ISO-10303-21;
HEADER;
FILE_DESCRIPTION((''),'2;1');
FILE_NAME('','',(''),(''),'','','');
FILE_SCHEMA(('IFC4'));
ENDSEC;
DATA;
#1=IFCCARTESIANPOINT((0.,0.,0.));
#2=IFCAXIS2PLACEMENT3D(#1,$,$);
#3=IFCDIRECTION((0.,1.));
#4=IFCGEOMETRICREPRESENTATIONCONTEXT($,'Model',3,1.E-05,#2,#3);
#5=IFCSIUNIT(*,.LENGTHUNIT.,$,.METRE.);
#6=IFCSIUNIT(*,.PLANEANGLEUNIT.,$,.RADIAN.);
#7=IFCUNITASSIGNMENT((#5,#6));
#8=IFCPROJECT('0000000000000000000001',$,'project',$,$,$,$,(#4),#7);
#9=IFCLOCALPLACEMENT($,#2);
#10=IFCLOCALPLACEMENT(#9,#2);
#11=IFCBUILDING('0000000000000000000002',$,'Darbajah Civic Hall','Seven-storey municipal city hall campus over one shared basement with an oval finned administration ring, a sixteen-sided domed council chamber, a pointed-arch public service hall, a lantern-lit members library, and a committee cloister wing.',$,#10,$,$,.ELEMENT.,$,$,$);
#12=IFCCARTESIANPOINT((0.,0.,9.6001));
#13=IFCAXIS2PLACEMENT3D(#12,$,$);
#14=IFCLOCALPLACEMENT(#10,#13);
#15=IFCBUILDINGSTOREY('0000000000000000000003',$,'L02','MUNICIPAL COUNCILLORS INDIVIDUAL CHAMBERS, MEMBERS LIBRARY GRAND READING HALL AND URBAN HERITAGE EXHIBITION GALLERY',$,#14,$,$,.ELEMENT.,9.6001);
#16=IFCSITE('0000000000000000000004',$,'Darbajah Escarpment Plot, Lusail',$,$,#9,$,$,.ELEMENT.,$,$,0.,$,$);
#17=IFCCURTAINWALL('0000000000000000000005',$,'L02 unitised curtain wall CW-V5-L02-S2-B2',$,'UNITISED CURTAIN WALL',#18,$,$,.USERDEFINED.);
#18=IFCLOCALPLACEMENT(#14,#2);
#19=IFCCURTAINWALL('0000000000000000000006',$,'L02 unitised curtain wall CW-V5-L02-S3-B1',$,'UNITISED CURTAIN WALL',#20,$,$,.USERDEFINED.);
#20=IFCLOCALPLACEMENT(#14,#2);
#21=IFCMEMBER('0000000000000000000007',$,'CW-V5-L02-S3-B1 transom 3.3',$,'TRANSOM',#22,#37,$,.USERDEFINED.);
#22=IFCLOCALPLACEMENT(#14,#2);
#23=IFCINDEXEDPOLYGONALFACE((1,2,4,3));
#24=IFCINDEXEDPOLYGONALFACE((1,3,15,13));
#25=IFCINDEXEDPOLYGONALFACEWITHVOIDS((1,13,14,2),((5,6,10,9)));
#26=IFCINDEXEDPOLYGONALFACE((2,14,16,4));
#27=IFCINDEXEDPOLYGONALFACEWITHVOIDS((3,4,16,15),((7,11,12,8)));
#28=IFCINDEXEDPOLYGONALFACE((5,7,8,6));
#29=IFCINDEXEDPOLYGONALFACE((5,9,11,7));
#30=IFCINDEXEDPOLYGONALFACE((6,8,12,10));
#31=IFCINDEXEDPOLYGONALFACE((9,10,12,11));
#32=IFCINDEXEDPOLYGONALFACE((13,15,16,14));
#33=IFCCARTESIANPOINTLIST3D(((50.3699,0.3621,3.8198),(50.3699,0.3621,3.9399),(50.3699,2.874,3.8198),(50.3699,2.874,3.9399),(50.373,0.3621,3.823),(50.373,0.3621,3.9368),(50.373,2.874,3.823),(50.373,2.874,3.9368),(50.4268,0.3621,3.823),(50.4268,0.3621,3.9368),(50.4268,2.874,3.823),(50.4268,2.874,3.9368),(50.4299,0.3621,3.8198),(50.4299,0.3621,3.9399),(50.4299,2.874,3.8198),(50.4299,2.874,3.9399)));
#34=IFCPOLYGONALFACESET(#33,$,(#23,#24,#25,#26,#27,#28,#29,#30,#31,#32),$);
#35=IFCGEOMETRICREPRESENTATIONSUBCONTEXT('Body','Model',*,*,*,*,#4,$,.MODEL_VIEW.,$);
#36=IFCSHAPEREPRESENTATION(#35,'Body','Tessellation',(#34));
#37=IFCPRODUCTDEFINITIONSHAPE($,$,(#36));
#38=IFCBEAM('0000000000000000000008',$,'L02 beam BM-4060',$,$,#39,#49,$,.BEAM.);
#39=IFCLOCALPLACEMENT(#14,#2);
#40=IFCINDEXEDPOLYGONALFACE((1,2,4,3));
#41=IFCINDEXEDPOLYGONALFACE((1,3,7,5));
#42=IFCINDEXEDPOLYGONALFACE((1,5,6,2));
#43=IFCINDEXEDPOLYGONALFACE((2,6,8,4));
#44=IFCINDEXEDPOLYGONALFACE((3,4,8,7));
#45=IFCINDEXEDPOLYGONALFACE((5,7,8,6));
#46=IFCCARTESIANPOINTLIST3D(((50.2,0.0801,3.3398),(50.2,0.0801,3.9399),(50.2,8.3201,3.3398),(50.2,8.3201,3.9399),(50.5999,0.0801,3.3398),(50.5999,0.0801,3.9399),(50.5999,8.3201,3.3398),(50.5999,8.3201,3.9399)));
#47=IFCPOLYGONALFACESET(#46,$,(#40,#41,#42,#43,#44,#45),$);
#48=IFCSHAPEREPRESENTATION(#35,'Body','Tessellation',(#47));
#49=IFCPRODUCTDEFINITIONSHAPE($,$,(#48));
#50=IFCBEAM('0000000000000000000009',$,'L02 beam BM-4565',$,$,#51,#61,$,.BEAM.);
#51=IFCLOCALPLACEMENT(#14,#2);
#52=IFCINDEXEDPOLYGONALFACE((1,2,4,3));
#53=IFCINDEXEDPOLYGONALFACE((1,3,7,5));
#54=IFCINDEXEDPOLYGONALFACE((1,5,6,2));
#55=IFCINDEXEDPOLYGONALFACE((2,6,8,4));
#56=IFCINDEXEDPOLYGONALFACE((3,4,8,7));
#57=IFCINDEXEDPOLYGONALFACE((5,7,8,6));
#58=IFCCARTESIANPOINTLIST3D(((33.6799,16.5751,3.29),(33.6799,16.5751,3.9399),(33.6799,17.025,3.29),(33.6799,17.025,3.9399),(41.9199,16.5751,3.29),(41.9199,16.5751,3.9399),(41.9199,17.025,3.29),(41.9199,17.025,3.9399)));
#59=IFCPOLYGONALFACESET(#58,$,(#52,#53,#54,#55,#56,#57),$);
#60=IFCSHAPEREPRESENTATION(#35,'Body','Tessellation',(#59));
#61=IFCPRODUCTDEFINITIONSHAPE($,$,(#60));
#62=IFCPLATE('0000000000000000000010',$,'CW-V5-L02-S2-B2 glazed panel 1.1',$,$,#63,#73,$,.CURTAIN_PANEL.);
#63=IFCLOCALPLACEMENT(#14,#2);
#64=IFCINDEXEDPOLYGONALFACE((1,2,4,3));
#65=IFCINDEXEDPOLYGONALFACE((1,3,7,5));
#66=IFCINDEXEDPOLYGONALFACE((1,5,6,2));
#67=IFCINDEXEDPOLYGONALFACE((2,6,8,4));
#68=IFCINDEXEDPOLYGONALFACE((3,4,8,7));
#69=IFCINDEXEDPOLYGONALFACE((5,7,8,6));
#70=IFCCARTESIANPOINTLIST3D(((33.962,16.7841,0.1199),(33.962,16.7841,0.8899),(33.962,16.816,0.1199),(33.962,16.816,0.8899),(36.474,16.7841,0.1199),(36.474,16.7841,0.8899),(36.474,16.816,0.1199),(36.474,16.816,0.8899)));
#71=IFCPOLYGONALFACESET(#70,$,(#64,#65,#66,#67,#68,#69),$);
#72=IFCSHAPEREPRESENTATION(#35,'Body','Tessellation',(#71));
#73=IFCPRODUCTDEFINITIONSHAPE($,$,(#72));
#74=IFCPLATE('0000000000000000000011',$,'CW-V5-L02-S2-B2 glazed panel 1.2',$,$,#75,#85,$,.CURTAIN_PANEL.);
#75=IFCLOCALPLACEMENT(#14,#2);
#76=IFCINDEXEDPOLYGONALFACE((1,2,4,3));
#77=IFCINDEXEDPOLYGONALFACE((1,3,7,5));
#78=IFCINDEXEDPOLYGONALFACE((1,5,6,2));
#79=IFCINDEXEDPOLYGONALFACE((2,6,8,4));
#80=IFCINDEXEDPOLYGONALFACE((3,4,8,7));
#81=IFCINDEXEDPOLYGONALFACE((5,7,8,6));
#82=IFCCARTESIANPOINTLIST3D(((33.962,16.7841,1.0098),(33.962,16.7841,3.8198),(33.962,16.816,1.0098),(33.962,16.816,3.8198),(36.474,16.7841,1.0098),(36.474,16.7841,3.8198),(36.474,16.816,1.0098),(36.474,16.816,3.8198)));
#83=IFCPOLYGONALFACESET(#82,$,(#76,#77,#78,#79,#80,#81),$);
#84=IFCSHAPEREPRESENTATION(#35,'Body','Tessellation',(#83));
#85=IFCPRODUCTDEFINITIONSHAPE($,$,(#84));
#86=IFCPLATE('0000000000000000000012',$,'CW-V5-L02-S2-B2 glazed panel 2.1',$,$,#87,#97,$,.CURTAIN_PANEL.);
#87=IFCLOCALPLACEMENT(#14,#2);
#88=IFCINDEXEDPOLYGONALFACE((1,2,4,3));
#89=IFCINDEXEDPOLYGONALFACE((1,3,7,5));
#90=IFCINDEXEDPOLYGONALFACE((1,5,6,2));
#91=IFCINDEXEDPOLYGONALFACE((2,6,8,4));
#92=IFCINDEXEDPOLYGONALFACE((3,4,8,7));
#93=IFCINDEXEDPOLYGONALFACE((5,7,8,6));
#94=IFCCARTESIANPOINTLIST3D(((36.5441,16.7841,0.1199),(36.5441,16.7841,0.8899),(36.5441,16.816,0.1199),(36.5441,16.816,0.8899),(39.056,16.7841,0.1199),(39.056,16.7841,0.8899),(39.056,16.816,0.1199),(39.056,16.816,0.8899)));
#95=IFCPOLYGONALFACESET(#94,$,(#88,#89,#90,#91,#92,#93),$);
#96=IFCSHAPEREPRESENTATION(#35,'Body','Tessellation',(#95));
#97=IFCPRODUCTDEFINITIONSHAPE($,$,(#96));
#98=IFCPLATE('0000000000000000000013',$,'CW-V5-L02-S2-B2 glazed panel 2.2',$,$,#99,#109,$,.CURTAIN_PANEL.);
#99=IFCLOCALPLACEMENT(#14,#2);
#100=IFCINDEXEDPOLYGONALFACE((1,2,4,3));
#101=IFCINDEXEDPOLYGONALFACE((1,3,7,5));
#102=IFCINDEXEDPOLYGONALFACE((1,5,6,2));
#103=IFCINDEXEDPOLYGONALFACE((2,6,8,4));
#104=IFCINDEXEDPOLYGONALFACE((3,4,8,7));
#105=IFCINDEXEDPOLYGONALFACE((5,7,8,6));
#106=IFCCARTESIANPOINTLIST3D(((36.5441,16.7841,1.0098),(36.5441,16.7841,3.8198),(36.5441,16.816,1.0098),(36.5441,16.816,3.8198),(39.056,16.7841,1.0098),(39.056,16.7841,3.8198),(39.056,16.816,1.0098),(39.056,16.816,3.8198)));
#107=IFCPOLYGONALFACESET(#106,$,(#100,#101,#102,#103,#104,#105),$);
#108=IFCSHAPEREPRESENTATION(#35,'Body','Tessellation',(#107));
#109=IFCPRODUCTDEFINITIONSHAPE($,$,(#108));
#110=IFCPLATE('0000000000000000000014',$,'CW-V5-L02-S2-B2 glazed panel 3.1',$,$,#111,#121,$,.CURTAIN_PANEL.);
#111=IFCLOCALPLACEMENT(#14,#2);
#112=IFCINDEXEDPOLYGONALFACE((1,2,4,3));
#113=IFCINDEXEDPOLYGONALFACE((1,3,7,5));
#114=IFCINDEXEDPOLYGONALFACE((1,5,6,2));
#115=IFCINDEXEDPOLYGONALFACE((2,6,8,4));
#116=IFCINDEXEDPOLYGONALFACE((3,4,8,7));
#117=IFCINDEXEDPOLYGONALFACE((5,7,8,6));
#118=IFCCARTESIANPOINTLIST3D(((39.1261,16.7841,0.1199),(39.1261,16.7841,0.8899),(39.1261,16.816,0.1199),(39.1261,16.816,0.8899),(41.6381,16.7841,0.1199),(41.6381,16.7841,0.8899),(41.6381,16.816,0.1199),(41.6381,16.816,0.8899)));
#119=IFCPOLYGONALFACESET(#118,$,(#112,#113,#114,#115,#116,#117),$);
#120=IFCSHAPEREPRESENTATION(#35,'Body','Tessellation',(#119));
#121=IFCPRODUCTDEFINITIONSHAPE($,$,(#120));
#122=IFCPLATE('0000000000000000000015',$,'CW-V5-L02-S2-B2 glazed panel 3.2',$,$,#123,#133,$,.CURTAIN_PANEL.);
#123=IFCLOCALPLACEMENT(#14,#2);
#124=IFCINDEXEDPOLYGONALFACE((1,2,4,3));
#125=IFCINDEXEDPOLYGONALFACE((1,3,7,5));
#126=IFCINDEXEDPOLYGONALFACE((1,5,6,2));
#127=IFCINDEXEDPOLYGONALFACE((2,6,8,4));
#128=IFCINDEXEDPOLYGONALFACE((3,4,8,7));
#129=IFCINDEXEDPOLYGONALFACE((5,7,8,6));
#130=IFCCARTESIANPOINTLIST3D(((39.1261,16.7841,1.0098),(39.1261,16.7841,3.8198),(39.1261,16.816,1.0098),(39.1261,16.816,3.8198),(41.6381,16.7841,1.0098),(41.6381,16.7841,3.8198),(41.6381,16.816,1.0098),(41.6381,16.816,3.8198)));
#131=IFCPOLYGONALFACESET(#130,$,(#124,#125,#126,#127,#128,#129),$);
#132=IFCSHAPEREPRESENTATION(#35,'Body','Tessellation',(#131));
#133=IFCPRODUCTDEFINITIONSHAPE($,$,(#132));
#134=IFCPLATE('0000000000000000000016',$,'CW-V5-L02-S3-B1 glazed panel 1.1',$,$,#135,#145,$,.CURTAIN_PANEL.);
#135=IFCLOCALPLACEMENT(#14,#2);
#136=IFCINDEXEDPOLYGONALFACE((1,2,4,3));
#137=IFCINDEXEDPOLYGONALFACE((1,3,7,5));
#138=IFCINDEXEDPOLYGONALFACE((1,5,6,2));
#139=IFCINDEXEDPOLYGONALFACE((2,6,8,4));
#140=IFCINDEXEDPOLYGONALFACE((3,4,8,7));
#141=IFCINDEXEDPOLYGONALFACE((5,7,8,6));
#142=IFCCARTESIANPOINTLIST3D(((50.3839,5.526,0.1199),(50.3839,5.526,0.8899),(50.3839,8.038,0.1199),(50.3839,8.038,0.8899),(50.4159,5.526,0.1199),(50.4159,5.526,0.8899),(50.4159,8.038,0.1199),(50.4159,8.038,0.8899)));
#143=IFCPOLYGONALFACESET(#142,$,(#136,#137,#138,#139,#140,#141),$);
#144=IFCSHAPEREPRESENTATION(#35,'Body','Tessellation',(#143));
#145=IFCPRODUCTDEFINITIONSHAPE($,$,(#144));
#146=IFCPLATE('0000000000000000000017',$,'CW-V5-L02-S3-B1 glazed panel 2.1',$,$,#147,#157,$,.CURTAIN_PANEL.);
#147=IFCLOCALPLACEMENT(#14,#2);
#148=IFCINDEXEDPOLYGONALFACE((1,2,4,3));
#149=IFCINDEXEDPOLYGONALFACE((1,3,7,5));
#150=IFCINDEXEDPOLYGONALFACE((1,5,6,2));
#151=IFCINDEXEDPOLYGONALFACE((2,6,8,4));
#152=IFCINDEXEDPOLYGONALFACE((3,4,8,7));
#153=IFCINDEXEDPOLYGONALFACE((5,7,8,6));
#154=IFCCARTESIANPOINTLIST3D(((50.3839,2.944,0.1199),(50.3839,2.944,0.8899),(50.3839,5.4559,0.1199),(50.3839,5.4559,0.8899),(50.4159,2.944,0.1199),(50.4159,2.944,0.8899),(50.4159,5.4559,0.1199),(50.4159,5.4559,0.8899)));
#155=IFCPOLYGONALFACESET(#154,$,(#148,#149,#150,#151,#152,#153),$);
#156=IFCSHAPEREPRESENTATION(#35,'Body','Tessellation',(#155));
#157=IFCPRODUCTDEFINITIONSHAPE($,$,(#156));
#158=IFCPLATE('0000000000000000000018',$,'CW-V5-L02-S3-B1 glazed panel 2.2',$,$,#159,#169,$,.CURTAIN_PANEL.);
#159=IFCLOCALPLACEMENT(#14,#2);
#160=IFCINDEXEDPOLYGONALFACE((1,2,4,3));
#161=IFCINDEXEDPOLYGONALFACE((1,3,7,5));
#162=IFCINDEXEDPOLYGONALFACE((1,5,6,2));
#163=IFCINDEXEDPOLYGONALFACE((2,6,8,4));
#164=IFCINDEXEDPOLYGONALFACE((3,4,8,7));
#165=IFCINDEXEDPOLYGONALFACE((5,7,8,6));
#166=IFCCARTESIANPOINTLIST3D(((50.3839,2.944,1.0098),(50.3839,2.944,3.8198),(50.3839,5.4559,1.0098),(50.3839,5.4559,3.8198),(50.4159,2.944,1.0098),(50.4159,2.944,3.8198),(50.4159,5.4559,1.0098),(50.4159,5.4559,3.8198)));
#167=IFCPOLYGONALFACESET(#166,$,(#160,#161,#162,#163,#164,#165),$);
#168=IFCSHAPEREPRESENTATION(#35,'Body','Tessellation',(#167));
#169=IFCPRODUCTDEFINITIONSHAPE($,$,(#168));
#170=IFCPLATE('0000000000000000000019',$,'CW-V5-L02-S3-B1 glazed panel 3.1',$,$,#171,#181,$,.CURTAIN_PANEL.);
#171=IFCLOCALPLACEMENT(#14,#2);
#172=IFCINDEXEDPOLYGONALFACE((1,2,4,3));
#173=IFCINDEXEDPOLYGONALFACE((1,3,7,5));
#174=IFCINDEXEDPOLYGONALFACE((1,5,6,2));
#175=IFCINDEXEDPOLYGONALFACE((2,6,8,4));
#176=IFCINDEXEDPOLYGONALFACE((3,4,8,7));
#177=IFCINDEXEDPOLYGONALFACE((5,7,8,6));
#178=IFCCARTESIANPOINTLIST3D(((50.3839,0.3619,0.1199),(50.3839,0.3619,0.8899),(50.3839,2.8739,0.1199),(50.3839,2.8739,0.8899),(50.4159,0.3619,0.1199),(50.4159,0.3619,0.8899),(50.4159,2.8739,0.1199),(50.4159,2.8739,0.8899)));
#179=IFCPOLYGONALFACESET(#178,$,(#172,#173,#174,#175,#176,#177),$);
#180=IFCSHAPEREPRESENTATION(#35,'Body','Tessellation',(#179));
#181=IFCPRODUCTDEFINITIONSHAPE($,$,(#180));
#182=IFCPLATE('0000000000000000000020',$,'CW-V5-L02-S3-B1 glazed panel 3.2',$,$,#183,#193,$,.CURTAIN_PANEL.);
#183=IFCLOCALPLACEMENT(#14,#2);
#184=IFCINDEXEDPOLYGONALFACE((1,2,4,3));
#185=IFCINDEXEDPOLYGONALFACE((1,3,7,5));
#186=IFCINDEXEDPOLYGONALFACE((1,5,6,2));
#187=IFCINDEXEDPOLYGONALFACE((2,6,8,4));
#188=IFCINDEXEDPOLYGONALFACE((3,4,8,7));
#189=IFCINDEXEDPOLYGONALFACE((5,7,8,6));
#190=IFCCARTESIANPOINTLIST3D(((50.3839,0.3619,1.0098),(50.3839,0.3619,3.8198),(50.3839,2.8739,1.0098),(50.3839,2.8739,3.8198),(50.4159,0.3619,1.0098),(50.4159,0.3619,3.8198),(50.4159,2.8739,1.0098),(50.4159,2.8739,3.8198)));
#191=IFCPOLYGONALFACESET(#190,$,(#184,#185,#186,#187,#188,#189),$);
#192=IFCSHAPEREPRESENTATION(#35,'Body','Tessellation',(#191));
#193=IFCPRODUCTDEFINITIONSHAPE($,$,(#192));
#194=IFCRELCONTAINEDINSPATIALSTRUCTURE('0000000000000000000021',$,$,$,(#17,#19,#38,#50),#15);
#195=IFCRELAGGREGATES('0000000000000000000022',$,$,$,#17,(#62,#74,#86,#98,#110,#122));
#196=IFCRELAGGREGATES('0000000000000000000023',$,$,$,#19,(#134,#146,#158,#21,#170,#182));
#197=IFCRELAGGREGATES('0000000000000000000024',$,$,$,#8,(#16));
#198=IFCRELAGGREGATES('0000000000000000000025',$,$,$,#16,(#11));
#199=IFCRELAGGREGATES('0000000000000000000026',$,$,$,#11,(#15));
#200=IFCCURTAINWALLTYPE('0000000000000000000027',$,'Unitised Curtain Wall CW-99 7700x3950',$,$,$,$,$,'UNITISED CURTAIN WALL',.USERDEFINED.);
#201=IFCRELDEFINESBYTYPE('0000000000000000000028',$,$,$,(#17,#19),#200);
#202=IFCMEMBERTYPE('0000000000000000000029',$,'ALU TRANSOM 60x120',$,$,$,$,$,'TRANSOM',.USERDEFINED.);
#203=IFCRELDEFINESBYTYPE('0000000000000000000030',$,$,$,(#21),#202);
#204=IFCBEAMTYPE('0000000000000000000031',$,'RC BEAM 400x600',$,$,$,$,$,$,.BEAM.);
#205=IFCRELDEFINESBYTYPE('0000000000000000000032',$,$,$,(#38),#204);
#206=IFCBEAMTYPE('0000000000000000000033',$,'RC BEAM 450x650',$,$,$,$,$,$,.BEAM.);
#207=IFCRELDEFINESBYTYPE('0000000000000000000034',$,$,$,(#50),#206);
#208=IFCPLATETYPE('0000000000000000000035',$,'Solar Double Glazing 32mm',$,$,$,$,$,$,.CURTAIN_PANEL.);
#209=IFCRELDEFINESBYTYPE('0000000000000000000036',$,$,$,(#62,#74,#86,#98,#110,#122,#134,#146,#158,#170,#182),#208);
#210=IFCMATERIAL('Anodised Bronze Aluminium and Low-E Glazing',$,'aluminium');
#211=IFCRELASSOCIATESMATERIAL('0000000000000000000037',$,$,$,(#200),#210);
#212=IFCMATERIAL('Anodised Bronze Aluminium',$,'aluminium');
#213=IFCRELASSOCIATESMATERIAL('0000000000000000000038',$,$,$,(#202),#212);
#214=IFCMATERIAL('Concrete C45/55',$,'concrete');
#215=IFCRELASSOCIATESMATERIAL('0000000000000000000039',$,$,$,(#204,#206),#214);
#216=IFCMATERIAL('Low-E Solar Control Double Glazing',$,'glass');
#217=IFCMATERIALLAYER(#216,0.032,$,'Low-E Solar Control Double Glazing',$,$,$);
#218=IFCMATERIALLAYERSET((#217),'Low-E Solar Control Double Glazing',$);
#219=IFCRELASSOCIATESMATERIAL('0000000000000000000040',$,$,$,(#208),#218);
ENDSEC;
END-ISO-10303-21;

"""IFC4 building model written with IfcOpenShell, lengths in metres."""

from ifc_helpers import new_model, si_unit, direction, frame, origin, origin_2d, place, context, subcontext, project, spatial, rectangle, hollow_rectangle, extrude, material, layer, layer_set, material_profile, profile_set, type_object, element, aggregate, save


model = new_model("IFC4")

# Units and contexts
model_context = context("Model", 3, precision=1e-05, world=origin(), true_north=direction((0.0, 1.0)))
body_context = subcontext(model_context, "Body", "Model", "MODEL_VIEW")
ifc_project = project(units=[si_unit("LENGTHUNIT", "METRE"), si_unit("PLANEANGLEUNIT", "RADIAN")], contexts=[model_context])

# Site, building, storey
site_placement = place(None, origin())
site = spatial("IfcSite", under=ifc_project, at=site_placement, Name="Darbajah Escarpment Plot, Lusail", CompositionType="ELEMENT", RefElevation=0.0)
building_placement = place(site_placement, origin())
building = spatial("IfcBuilding", under=site, at=building_placement, Name="Darbajah Civic Hall", Description="Seven-storey municipal city hall campus over one shared basement with an oval finned administration ring, a sixteen-sided domed council chamber, a pointed-arch public service hall, a lantern-lit members library, and a committee cloister wing.", CompositionType="ELEMENT")
storey_placement = place(building_placement, frame((0.0, 0.0, 9.6001)))
storey = spatial("IfcBuildingStorey", under=building, at=storey_placement, Name="L02", Description="MUNICIPAL COUNCILLORS INDIVIDUAL CHAMBERS, MEMBERS LIBRARY GRAND READING HALL AND URBAN HERITAGE EXHIBITION GALLERY", CompositionType="ELEMENT", Elevation=9.6001)

# Shared definitions
ifc_material_1 = material(Name="Concrete C45/55", Category="concrete")

# Curtain walls
ifc_material_2 = material(Name="Anodised Bronze Aluminium and Low-E Glazing", Category="aluminium")
curtain_wall_type = type_object("IfcCurtainWallType", Name="Unitised Curtain Wall CW-99 7700x3950", ElementType="UNITISED CURTAIN WALL", PredefinedType="USERDEFINED", material=ifc_material_2)
curtain_wall_1_placement = place(storey_placement, origin())
curtain_wall_1 = element("IfcCurtainWall", 1, at=curtain_wall_1_placement, inside=storey, type_object=curtain_wall_type, Name="L02 unitised curtain wall CW-V5-L02-S2-B2", ObjectType="UNITISED CURTAIN WALL", PredefinedType="USERDEFINED")
ifc_material_3 = material(Name="Anodised Bronze Aluminium", Category="aluminium")
curtain_wall_2_placement = place(storey_placement, origin())
curtain_wall_2 = element("IfcCurtainWall", 2, at=curtain_wall_2_placement, inside=storey, type_object=curtain_wall_type, Name="L02 unitised curtain wall CW-V5-L02-S3-B1", ObjectType="UNITISED CURTAIN WALL", PredefinedType="USERDEFINED")

# Member
ifc_material_profile_1 = material_profile(ifc_material_3, hollow_rectangle(XDim=0.0601, YDim=0.1201, WallThickness=0.0032, at=origin_2d()), Name="ALU TRANSOM 60x120")
ifc_profile_set_1 = profile_set([ifc_material_profile_1], Name="Anodised Bronze Aluminium")
member_type_1 = type_object("IfcMemberType", Name="ALU TRANSOM 60x120", ElementType="TRANSOM", PredefinedType="USERDEFINED", material=ifc_profile_set_1)
member_1_placement = place(storey_placement, frame((50.3999, 2.874, 3.8799), z_axis=(0.0, -1.0, 0.0), x_axis=(1.0, 0.0, 0.0)))
member_1 = element("IfcMember", 3, at=member_1_placement, type_object=member_type_1, Name="CW-V5-L02-S3-B1 transom 3.3", ObjectType="TRANSOM", PredefinedType="USERDEFINED", context=body_context, shape_type="SweptSolid", body=[
    extrude(hollow_rectangle(XDim=0.0601, YDim=0.1201, WallThickness=0.0032, at=origin_2d()), origin(), (0.0, 0.0, 1.0), 2.512),
])

# Beams
ifc_material_profile_2 = material_profile(ifc_material_1, rectangle(XDim=0.3999, YDim=0.6001, at=origin_2d()), Name="RC BEAM 400x600")
ifc_profile_set_2 = profile_set([ifc_material_profile_2], Name="Concrete C45/55")
beam_type_1 = type_object("IfcBeamType", Name="RC BEAM 400x600", PredefinedType="BEAM", material=ifc_profile_set_2)
beam_1_placement = place(storey_placement, frame((50.3999, 0.0801, 3.6399), z_axis=(0.0, 1.0, 0.0), x_axis=(-1.0, 0.0, 0.0)))
element("IfcBeam", 4, at=beam_1_placement, inside=storey, type_object=beam_type_1, Name="L02 beam BM-4060", PredefinedType="BEAM", context=body_context, shape_type="SweptSolid", body=[
    extrude(rectangle(XDim=0.3999, YDim=0.6001, at=origin_2d()), origin(), (0.0, 0.0, 1.0), 8.24),
])
ifc_material_profile_3 = material_profile(ifc_material_1, rectangle(XDim=0.45, YDim=0.6499, at=origin_2d()), Name="RC BEAM 450x650")
ifc_profile_set_3 = profile_set([ifc_material_profile_3], Name="Concrete C45/55")
beam_type_2 = type_object("IfcBeamType", Name="RC BEAM 450x650", PredefinedType="BEAM", material=ifc_profile_set_3)
beam_2_placement = place(storey_placement, frame((33.6799, 16.8, 3.615), z_axis=(1.0, 0.0, 0.0), x_axis=(0.0, 1.0, 0.0)))
element("IfcBeam", 5, at=beam_2_placement, inside=storey, type_object=beam_type_2, Name="L02 beam BM-4565", PredefinedType="BEAM", context=body_context, shape_type="SweptSolid", body=[
    extrude(rectangle(XDim=0.45, YDim=0.6499, at=origin_2d()), origin(), (0.0, 0.0, 1.0), 8.24),
])

# Plates
ifc_material_4 = material(Name="Low-E Solar Control Double Glazing", Category="glass")
ifc_layer = layer(ifc_material_4, 0.032, Name="Low-E Solar Control Double Glazing")
ifc_layer_set = layer_set([ifc_layer], Name="Low-E Solar Control Double Glazing")
plate_type = type_object("IfcPlateType", Name="Solar Double Glazing 32mm", PredefinedType="CURTAIN_PANEL", material=ifc_layer_set)
plate_1_placement = place(storey_placement, frame((35.218, 16.8, 0.1199), z_axis=(0.0, 0.0, 1.0), x_axis=(1.0, 0.0, 0.0)))
plate_1 = element("IfcPlate", 6, at=plate_1_placement, type_object=plate_type, Name="CW-V5-L02-S2-B2 glazed panel 1.1", PredefinedType="CURTAIN_PANEL", context=body_context, shape_type="SweptSolid", body=[
    extrude(rectangle(XDim=2.512, YDim=0.032, at=origin_2d()), origin(), (0.0, 0.0, 1.0), 0.77),
])
plate_2_placement = place(storey_placement, frame((35.218, 16.8, 1.0098), z_axis=(0.0, 0.0, 1.0), x_axis=(1.0, 0.0, 0.0)))
plate_2 = element("IfcPlate", 7, at=plate_2_placement, type_object=plate_type, Name="CW-V5-L02-S2-B2 glazed panel 1.2", PredefinedType="CURTAIN_PANEL", context=body_context, shape_type="SweptSolid", body=[
    extrude(rectangle(XDim=2.512, YDim=0.032, at=origin_2d()), origin(), (0.0, 0.0, 1.0), 2.8101),
])
plate_3_placement = place(storey_placement, frame((37.8, 16.8, 0.1199), z_axis=(0.0, 0.0, 1.0), x_axis=(1.0, 0.0, 0.0)))
plate_3 = element("IfcPlate", 8, at=plate_3_placement, type_object=plate_type, Name="CW-V5-L02-S2-B2 glazed panel 2.1", PredefinedType="CURTAIN_PANEL", context=body_context, shape_type="SweptSolid", body=[
    extrude(rectangle(XDim=2.512, YDim=0.032, at=origin_2d()), origin(), (0.0, 0.0, 1.0), 0.77),
])
plate_4_placement = place(storey_placement, frame((37.8, 16.8, 1.0098), z_axis=(0.0, 0.0, 1.0), x_axis=(1.0, 0.0, 0.0)))
plate_4 = element("IfcPlate", 9, at=plate_4_placement, type_object=plate_type, Name="CW-V5-L02-S2-B2 glazed panel 2.2", PredefinedType="CURTAIN_PANEL", context=body_context, shape_type="SweptSolid", body=[
    extrude(rectangle(XDim=2.512, YDim=0.032, at=origin_2d()), origin(), (0.0, 0.0, 1.0), 2.8101),
])
plate_5_placement = place(storey_placement, frame((40.3821, 16.8, 0.1199), z_axis=(0.0, 0.0, 1.0), x_axis=(1.0, 0.0, 0.0)))
plate_5 = element("IfcPlate", 10, at=plate_5_placement, type_object=plate_type, Name="CW-V5-L02-S2-B2 glazed panel 3.1", PredefinedType="CURTAIN_PANEL", context=body_context, shape_type="SweptSolid", body=[
    extrude(rectangle(XDim=2.512, YDim=0.032, at=origin_2d()), origin(), (0.0, 0.0, 1.0), 0.77),
])
plate_6_placement = place(storey_placement, frame((40.3821, 16.8, 1.0098), z_axis=(0.0, 0.0, 1.0), x_axis=(1.0, 0.0, 0.0)))
plate_6 = element("IfcPlate", 11, at=plate_6_placement, type_object=plate_type, Name="CW-V5-L02-S2-B2 glazed panel 3.2", PredefinedType="CURTAIN_PANEL", context=body_context, shape_type="SweptSolid", body=[
    extrude(rectangle(XDim=2.512, YDim=0.032, at=origin_2d()), origin(), (0.0, 0.0, 1.0), 2.8101),
])
aggregate(curtain_wall_1, [plate_1, plate_2, plate_3, plate_4, plate_5, plate_6])
plate_7_placement = place(storey_placement, frame((50.3999, 6.782, 0.1199), z_axis=(0.0, 0.0, 1.0), x_axis=(0.0, -1.0, 0.0)))
plate_7 = element("IfcPlate", 12, at=plate_7_placement, type_object=plate_type, Name="CW-V5-L02-S3-B1 glazed panel 1.1", PredefinedType="CURTAIN_PANEL", context=body_context, shape_type="SweptSolid", body=[
    extrude(rectangle(XDim=2.512, YDim=0.032, at=origin_2d()), origin(), (0.0, 0.0, 1.0), 0.77),
])
plate_8_placement = place(storey_placement, frame((50.3999, 4.2, 0.1199), z_axis=(0.0, 0.0, 1.0), x_axis=(0.0, -1.0, 0.0)))
plate_8 = element("IfcPlate", 13, at=plate_8_placement, type_object=plate_type, Name="CW-V5-L02-S3-B1 glazed panel 2.1", PredefinedType="CURTAIN_PANEL", context=body_context, shape_type="SweptSolid", body=[
    extrude(rectangle(XDim=2.512, YDim=0.032, at=origin_2d()), origin(), (0.0, 0.0, 1.0), 0.77),
])
plate_9_placement = place(storey_placement, frame((50.3999, 4.2, 1.0098), z_axis=(0.0, 0.0, 1.0), x_axis=(0.0, -1.0, 0.0)))
plate_9 = element("IfcPlate", 14, at=plate_9_placement, type_object=plate_type, Name="CW-V5-L02-S3-B1 glazed panel 2.2", PredefinedType="CURTAIN_PANEL", context=body_context, shape_type="SweptSolid", body=[
    extrude(rectangle(XDim=2.512, YDim=0.032, at=origin_2d()), origin(), (0.0, 0.0, 1.0), 2.8101),
])
plate_10_placement = place(storey_placement, frame((50.3999, 1.6179, 0.1199), z_axis=(0.0, 0.0, 1.0), x_axis=(0.0, -1.0, 0.0)))
plate_10 = element("IfcPlate", 15, at=plate_10_placement, type_object=plate_type, Name="CW-V5-L02-S3-B1 glazed panel 3.1", PredefinedType="CURTAIN_PANEL", context=body_context, shape_type="SweptSolid", body=[
    extrude(rectangle(XDim=2.512, YDim=0.032, at=origin_2d()), origin(), (0.0, 0.0, 1.0), 0.77),
])
plate_11_placement = place(storey_placement, frame((50.3999, 1.6179, 1.0098), z_axis=(0.0, 0.0, 1.0), x_axis=(0.0, -1.0, 0.0)))
plate_11 = element("IfcPlate", 16, at=plate_11_placement, type_object=plate_type, Name="CW-V5-L02-S3-B1 glazed panel 3.2", PredefinedType="CURTAIN_PANEL", context=body_context, shape_type="SweptSolid", body=[
    extrude(rectangle(XDim=2.512, YDim=0.032, at=origin_2d()), origin(), (0.0, 0.0, 1.0), 2.8101),
])
aggregate(curtain_wall_2, [plate_7, plate_8, plate_9, member_1, plate_10, plate_11])

save(model, "model.ifc")
